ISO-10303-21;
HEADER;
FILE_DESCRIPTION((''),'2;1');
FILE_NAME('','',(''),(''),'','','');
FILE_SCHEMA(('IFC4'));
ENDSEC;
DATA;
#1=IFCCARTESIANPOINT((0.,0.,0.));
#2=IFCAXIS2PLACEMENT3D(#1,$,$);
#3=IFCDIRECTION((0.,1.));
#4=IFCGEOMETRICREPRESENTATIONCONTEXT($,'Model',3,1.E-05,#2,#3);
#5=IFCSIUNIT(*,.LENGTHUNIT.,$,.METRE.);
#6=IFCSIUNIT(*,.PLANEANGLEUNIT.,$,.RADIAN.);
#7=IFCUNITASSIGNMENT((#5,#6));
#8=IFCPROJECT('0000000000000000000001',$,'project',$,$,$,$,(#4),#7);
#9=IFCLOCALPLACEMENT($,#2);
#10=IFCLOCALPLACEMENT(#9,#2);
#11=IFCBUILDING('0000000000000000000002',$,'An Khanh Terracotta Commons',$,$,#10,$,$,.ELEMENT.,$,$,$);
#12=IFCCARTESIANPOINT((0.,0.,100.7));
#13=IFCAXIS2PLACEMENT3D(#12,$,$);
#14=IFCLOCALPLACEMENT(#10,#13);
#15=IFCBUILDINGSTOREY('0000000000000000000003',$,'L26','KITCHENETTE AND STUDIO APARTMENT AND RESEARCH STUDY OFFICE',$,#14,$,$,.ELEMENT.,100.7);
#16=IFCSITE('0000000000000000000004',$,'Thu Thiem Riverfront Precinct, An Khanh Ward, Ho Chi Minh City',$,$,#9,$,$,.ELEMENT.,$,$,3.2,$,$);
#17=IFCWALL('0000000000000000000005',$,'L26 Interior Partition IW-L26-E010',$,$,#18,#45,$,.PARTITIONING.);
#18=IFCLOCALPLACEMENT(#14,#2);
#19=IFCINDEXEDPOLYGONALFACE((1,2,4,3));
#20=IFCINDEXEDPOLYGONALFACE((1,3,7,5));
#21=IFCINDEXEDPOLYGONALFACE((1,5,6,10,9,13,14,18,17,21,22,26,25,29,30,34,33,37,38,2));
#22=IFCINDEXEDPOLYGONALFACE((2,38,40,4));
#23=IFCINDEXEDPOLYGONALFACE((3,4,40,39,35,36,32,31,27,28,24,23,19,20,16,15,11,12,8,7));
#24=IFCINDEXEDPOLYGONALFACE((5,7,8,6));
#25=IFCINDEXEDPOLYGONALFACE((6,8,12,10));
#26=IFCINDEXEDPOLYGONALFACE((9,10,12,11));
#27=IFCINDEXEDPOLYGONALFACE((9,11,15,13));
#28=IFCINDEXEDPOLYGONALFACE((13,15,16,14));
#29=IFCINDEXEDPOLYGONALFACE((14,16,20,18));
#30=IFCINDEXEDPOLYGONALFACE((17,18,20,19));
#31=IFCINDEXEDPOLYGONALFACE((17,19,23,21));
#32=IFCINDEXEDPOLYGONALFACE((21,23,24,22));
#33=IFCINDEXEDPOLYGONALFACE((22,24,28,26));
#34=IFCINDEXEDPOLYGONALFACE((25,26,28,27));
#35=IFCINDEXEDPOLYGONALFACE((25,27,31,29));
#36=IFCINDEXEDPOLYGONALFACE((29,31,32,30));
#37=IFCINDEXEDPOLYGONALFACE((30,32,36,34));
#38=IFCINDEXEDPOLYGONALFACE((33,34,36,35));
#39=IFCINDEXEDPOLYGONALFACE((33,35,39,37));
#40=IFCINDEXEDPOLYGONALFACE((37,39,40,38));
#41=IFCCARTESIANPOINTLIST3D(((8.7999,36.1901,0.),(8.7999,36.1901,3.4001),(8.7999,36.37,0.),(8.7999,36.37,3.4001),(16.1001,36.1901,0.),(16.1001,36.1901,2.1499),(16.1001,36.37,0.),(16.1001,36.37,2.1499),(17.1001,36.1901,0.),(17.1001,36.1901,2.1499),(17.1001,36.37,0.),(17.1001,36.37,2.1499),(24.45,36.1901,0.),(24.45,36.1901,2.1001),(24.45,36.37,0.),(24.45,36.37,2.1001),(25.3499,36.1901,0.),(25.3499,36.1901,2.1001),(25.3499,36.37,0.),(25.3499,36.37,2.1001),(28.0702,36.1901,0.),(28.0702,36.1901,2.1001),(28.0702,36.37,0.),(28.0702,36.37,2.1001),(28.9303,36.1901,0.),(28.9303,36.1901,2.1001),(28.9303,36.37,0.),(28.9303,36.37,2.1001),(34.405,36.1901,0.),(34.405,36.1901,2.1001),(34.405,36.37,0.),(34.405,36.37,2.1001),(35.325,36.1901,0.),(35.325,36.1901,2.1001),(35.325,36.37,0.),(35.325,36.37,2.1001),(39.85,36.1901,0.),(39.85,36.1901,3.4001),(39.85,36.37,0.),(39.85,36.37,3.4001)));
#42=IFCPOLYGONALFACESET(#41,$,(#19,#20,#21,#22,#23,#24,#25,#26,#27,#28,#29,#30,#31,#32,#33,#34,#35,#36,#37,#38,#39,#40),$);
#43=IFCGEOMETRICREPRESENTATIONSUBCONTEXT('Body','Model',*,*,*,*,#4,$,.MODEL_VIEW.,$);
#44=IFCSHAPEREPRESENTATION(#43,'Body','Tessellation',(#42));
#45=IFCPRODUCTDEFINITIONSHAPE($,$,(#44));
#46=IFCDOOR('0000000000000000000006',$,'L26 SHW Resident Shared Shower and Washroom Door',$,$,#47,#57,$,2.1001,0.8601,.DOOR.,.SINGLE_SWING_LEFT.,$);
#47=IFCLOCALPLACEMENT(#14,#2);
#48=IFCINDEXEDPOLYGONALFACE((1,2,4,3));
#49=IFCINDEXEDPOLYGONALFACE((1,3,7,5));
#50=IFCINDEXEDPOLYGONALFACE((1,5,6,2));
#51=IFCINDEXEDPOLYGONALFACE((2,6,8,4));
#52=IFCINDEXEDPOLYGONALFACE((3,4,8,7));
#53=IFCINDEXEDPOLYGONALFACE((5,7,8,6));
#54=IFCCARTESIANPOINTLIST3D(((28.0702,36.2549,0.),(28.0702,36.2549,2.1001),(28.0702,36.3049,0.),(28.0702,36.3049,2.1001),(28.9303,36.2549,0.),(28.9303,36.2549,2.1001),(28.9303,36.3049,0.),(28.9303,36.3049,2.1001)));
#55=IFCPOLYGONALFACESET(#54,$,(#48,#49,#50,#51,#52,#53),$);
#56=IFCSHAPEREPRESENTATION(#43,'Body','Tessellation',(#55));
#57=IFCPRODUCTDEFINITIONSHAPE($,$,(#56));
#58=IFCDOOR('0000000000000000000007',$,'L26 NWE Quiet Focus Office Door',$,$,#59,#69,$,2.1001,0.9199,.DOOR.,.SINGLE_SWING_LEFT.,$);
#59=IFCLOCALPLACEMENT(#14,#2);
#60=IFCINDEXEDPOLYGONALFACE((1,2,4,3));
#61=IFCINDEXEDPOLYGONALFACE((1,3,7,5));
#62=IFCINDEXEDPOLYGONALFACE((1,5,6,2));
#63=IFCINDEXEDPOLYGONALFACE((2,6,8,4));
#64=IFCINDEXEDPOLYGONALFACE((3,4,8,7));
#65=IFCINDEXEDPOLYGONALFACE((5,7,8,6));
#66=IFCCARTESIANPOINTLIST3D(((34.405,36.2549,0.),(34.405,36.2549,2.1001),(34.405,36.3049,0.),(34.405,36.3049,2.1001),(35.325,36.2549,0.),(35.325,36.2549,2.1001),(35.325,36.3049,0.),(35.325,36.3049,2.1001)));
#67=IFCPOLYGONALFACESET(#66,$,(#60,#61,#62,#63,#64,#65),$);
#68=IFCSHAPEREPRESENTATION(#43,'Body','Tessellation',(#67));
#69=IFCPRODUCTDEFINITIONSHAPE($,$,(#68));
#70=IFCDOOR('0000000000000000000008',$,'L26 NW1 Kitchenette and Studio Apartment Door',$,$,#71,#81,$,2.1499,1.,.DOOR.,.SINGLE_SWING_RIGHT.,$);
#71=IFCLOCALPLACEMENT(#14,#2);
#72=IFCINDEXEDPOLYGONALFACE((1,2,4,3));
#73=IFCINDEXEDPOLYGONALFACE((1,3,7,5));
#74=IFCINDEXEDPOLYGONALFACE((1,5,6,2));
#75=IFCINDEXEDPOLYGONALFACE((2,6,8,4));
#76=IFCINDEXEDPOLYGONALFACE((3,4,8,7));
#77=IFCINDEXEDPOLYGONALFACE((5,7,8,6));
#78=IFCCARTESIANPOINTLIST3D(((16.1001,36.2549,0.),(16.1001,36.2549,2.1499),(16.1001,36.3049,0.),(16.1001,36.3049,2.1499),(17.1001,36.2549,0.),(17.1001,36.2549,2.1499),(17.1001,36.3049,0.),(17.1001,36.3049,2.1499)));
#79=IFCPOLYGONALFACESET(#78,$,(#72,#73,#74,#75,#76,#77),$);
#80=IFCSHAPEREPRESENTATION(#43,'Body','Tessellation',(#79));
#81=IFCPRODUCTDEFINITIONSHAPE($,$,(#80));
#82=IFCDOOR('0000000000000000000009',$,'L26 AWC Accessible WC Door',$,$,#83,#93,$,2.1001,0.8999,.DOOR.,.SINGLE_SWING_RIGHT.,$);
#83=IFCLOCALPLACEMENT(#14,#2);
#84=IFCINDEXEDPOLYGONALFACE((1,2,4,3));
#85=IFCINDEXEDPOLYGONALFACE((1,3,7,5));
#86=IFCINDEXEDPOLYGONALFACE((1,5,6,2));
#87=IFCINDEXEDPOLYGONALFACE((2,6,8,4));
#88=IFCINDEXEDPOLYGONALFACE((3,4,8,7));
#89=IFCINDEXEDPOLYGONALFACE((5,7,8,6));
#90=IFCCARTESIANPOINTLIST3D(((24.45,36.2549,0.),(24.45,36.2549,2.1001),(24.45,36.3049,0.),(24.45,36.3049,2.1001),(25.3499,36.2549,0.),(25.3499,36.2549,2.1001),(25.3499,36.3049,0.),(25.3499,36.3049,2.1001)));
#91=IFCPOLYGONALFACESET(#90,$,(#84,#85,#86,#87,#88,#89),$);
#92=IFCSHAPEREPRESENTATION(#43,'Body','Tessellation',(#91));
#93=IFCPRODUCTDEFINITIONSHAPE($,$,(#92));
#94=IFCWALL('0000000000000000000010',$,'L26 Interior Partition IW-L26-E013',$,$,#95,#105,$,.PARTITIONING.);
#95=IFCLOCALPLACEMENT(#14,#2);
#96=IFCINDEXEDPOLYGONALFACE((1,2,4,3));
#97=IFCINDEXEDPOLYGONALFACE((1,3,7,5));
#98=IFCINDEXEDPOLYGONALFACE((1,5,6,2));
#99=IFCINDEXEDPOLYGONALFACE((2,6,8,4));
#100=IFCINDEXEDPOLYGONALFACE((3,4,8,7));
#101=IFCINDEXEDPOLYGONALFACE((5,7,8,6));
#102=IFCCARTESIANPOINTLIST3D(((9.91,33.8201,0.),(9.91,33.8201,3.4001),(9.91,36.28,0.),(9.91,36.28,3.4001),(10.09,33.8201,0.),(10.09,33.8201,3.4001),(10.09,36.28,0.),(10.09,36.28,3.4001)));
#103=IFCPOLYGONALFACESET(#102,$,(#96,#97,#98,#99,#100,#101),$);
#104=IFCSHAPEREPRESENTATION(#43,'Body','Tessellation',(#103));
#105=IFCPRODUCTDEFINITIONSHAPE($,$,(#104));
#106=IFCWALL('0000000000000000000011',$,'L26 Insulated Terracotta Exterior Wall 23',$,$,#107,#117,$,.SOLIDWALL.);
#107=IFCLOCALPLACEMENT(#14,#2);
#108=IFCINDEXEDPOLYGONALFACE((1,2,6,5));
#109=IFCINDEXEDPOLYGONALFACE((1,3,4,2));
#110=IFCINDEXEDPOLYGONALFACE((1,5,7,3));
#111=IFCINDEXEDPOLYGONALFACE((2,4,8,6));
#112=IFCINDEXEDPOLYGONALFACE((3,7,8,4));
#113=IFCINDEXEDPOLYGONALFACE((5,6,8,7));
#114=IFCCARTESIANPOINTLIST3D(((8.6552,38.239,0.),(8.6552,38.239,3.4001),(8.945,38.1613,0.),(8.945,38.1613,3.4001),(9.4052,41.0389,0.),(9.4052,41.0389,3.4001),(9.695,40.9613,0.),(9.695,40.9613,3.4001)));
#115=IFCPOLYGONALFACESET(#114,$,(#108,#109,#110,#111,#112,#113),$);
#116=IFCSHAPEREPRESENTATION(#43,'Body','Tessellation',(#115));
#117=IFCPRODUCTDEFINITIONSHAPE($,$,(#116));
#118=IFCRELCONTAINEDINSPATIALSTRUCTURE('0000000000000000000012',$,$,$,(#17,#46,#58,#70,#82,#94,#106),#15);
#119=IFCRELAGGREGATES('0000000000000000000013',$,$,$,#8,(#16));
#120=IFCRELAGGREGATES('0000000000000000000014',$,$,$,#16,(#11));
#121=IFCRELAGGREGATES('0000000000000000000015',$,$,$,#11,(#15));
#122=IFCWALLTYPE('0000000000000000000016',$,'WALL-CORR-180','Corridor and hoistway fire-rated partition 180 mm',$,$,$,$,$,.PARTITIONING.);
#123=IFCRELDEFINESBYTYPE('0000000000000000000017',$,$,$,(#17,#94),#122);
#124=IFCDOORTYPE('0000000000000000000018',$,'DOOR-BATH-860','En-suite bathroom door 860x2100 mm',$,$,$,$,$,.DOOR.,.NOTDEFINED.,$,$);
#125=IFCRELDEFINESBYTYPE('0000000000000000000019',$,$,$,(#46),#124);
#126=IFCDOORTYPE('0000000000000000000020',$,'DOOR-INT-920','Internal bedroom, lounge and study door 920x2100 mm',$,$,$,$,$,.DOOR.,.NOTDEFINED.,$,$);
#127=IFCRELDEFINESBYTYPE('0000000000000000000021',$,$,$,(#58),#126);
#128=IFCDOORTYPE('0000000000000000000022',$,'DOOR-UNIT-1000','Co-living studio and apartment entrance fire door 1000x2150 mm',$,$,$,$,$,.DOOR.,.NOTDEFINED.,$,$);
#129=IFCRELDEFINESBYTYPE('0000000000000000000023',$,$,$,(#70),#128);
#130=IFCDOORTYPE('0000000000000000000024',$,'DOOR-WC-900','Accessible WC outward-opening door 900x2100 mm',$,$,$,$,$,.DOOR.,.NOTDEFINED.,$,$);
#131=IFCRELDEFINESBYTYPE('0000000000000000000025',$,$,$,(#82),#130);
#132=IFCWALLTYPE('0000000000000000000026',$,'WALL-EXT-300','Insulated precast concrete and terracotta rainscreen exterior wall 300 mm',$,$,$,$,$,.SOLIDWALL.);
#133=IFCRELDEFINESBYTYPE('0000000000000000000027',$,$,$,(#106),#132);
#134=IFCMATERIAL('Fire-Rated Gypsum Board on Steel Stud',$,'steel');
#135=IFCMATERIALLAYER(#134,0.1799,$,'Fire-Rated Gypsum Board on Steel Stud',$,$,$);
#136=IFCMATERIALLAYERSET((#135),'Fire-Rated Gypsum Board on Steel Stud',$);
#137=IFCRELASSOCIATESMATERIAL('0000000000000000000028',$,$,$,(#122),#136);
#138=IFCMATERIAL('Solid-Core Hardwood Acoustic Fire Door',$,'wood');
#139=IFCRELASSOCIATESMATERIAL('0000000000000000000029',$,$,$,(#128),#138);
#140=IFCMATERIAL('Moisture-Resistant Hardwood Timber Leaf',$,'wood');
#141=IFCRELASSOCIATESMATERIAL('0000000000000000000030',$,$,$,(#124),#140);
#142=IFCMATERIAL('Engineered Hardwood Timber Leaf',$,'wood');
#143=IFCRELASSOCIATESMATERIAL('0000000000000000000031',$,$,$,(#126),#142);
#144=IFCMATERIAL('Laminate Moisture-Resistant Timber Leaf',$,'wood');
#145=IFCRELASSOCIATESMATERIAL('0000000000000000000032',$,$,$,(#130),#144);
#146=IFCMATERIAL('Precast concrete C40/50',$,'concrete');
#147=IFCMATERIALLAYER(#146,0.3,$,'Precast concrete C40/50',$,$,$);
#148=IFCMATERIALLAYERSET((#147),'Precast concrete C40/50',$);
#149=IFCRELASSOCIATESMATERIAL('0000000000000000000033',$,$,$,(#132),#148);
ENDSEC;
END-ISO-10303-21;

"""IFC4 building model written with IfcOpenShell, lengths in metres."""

from ifc_helpers import new_model, si_unit, direction, frame, frame_2d, origin, place, context, subcontext, project, spatial, rectangle, extrude, material, layer, layer_set, type_object, element, fill, save


model = new_model("IFC4")

# Units and contexts
model_context = context("Model", 3, precision=1e-05, world=origin(), true_north=direction((0.0, 1.0)))
body_context = subcontext(model_context, "Body", "Model", "MODEL_VIEW")
ifc_project = project(units=[si_unit("LENGTHUNIT", "METRE"), si_unit("PLANEANGLEUNIT", "RADIAN")], contexts=[model_context])

# Site, building, storey
site_placement = place(None, origin())
site = spatial("IfcSite", under=ifc_project, at=site_placement, Name="Thu Thiem Riverfront Precinct, An Khanh Ward, Ho Chi Minh City", CompositionType="ELEMENT", RefElevation=3.2)
building_placement = place(site_placement, origin())
building = spatial("IfcBuilding", under=site, at=building_placement, Name="An Khanh Terracotta Commons", CompositionType="ELEMENT")
storey_placement = place(building_placement, frame((0.0, 0.0, 100.7)))
storey = spatial("IfcBuildingStorey", under=building, at=storey_placement, Name="L26", Description="KITCHENETTE AND STUDIO APARTMENT AND RESEARCH STUDY OFFICE", CompositionType="ELEMENT", Elevation=100.7)

# Shared definitions
ifc_material_1 = material(Name="Fire-Rated Gypsum Board on Steel Stud", Category="steel")
ifc_layer_1 = layer(ifc_material_1, 0.1799, Name="Fire-Rated Gypsum Board on Steel Stud")
ifc_layer_set_1 = layer_set([ifc_layer_1], Name="Fire-Rated Gypsum Board on Steel Stud")
wall_type_1 = type_object("IfcWallType", Name="WALL-CORR-180", Description="Corridor and hoistway fire-rated partition 180 mm", PredefinedType="PARTITIONING", material=ifc_layer_set_1)
ifc_material_2 = material(Name="Solid-Core Hardwood Acoustic Fire Door", Category="wood")
door_type_1 = type_object("IfcDoorType", Name="DOOR-UNIT-1000", Description="Co-living studio and apartment entrance fire door 1000x2150 mm", OperationType="NOTDEFINED", PredefinedType="DOOR", material=ifc_material_2)

# Wall, openings, doors
wall_1_placement = place(storey_placement, frame((8.8, 36.28, 0.0), z_axis=(0.0, 0.0, 1.0), x_axis=(1.0, 0.0, 0.0)))
wall_1 = element("IfcWall", 1, at=wall_1_placement, inside=storey, type_object=wall_type_1, Name="L26 Interior Partition IW-L26-E010", PredefinedType="PARTITIONING", context=body_context, shape_type="SweptSolid", body=[
    extrude(rectangle(XDim=31.05, YDim=0.1799, at=frame_2d((15.5249, 0.0))), origin(), (0.0, 0.0, 1.0), 3.4001),
])
opening_1_placement = place(wall_1_placement, frame((15.6499, 0.0, 0.0)))
opening_1 = element("IfcOpeningElement", 2, at=opening_1_placement, cuts=wall_1, PredefinedType="OPENING", context=body_context, shape_type="SweptSolid", body=[
    extrude(rectangle(XDim=0.8999, YDim=2.1001, at=frame_2d((0.45, 1.05))), frame((0.0, 0.0999, 0.0), z_axis=(0.0, -1.0, 0.0), x_axis=(1.0, 0.0, 0.0)), (0.0, 0.0, 1.0), 0.2),
])
opening_2_placement = place(wall_1_placement, frame((19.27, 0.0, 0.0)))
opening_2 = element("IfcOpeningElement", 3, at=opening_2_placement, cuts=wall_1, PredefinedType="OPENING", context=body_context, shape_type="SweptSolid", body=[
    extrude(rectangle(XDim=0.8601, YDim=2.1001, at=frame_2d((0.4302, 1.05))), frame((0.0, 0.0999, 0.0), z_axis=(0.0, -1.0, 0.0), x_axis=(1.0, 0.0, 0.0)), (0.0, 0.0, 1.0), 0.2),
])
opening_3_placement = place(wall_1_placement, frame((7.3, 0.0, 0.0)))
opening_3 = element("IfcOpeningElement", 4, at=opening_3_placement, cuts=wall_1, PredefinedType="OPENING", context=body_context, shape_type="SweptSolid", body=[
    extrude(rectangle(XDim=1.0, YDim=2.1499, at=frame_2d((0.5, 1.075))), frame((0.0, 0.0999, 0.0), z_axis=(0.0, -1.0, 0.0), x_axis=(1.0, 0.0, 0.0)), (0.0, 0.0, 1.0), 0.2),
])
opening_4_placement = place(wall_1_placement, frame((25.605, 0.0, 0.0)))
opening_4 = element("IfcOpeningElement", 5, at=opening_4_placement, cuts=wall_1, PredefinedType="OPENING", context=body_context, shape_type="SweptSolid", body=[
    extrude(rectangle(XDim=0.9199, YDim=2.1001, at=frame_2d((0.46, 1.05))), frame((0.0, 0.0999, 0.0), z_axis=(0.0, -1.0, 0.0), x_axis=(1.0, 0.0, 0.0)), (0.0, 0.0, 1.0), 0.2),
])
ifc_material_3 = material(Name="Moisture-Resistant Hardwood Timber Leaf", Category="wood")
door_type_2 = type_object("IfcDoorType", Name="DOOR-BATH-860", Description="En-suite bathroom door 860x2100 mm", OperationType="NOTDEFINED", PredefinedType="DOOR", material=ifc_material_3)
door_1_placement = place(opening_2_placement, origin())
door_1 = element("IfcDoor", 6, at=door_1_placement, inside=storey, type_object=door_type_2, Name="L26 SHW Resident Shared Shower and Washroom Door", OperationType="SINGLE_SWING_LEFT", OverallHeight=2.1001, OverallWidth=0.8601, PredefinedType="DOOR", context=body_context, shape_type="SweptSolid", body=[
    extrude(rectangle(XDim=0.8601, YDim=2.1001, at=frame_2d((0.4302, 1.05))), frame((0.0, 0.0249, 0.0), z_axis=(0.0, -1.0, 0.0), x_axis=(1.0, 0.0, 0.0)), (0.0, 0.0, 1.0), 0.05),
])
fill(opening_2, door_1)
ifc_material_4 = material(Name="Engineered Hardwood Timber Leaf", Category="wood")
door_type_3 = type_object("IfcDoorType", Name="DOOR-INT-920", Description="Internal bedroom, lounge and study door 920x2100 mm", OperationType="NOTDEFINED", PredefinedType="DOOR", material=ifc_material_4)
door_2_placement = place(opening_4_placement, origin())
door_2 = element("IfcDoor", 7, at=door_2_placement, inside=storey, type_object=door_type_3, Name="L26 NWE Quiet Focus Office Door", OperationType="SINGLE_SWING_LEFT", OverallHeight=2.1001, OverallWidth=0.9199, PredefinedType="DOOR", context=body_context, shape_type="SweptSolid", body=[
    extrude(rectangle(XDim=0.9199, YDim=2.1001, at=frame_2d((0.46, 1.05))), frame((0.0, 0.0249, 0.0), z_axis=(0.0, -1.0, 0.0), x_axis=(1.0, 0.0, 0.0)), (0.0, 0.0, 1.0), 0.05),
])
fill(opening_4, door_2)
door_3_placement = place(opening_3_placement, origin())
door_3 = element("IfcDoor", 8, at=door_3_placement, inside=storey, type_object=door_type_1, Name="L26 NW1 Kitchenette and Studio Apartment Door", OperationType="SINGLE_SWING_RIGHT", OverallHeight=2.1499, OverallWidth=1.0, PredefinedType="DOOR", context=body_context, shape_type="SweptSolid", body=[
    extrude(rectangle(XDim=1.0, YDim=2.1499, at=frame_2d((0.5, 1.075))), frame((0.0, 0.0249, 0.0), z_axis=(0.0, -1.0, 0.0), x_axis=(1.0, 0.0, 0.0)), (0.0, 0.0, 1.0), 0.05),
])
fill(opening_3, door_3)
ifc_material_5 = material(Name="Laminate Moisture-Resistant Timber Leaf", Category="wood")
door_type_4 = type_object("IfcDoorType", Name="DOOR-WC-900", Description="Accessible WC outward-opening door 900x2100 mm", OperationType="NOTDEFINED", PredefinedType="DOOR", material=ifc_material_5)
door_4_placement = place(opening_1_placement, origin())
door_4 = element("IfcDoor", 9, at=door_4_placement, inside=storey, type_object=door_type_4, Name="L26 AWC Accessible WC Door", OperationType="SINGLE_SWING_RIGHT", OverallHeight=2.1001, OverallWidth=0.8999, PredefinedType="DOOR", context=body_context, shape_type="SweptSolid", body=[
    extrude(rectangle(XDim=0.8999, YDim=2.1001, at=frame_2d((0.45, 1.05))), frame((0.0, 0.0249, 0.0), z_axis=(0.0, -1.0, 0.0), x_axis=(1.0, 0.0, 0.0)), (0.0, 0.0, 1.0), 0.05),
])
fill(opening_1, door_4)

# Walls
wall_2_placement = place(storey_placement, frame((10.0, 33.8201, 0.0), z_axis=(0.0, 0.0, 1.0), x_axis=(0.0, 1.0, 0.0)))
element("IfcWall", 10, at=wall_2_placement, inside=storey, type_object=wall_type_1, Name="L26 Interior Partition IW-L26-E013", PredefinedType="PARTITIONING", context=body_context, shape_type="SweptSolid", body=[
    extrude(rectangle(XDim=2.46, YDim=0.1799, at=frame_2d((1.23, 0.0))), origin(), (0.0, 0.0, 1.0), 3.4001),
])
ifc_material_6 = material(Name="Precast concrete C40/50", Category="concrete")
ifc_layer_2 = layer(ifc_material_6, 0.3, Name="Precast concrete C40/50")
ifc_layer_set_2 = layer_set([ifc_layer_2], Name="Precast concrete C40/50")
wall_type_2 = type_object("IfcWallType", Name="WALL-EXT-300", Description="Insulated precast concrete and terracotta rainscreen exterior wall 300 mm", PredefinedType="SOLIDWALL", material=ifc_layer_set_2)
wall_3_placement = place(storey_placement, frame((9.55, 41.0, 0.0), z_axis=(0.0, 0.0, 1.0), x_axis=(-0.258732, -0.965949, 0.0)))
element("IfcWall", 11, at=wall_3_placement, inside=storey, type_object=wall_type_2, Name="L26 Insulated Terracotta Exterior Wall 23", PredefinedType="SOLIDWALL", context=body_context, shape_type="SweptSolid", body=[
    extrude(rectangle(XDim=2.8987, YDim=0.3, at=frame_2d((1.4492, 0.0))), origin(), (0.0, 0.0, 1.0), 3.4001),
])

save(model, "model.ifc")
